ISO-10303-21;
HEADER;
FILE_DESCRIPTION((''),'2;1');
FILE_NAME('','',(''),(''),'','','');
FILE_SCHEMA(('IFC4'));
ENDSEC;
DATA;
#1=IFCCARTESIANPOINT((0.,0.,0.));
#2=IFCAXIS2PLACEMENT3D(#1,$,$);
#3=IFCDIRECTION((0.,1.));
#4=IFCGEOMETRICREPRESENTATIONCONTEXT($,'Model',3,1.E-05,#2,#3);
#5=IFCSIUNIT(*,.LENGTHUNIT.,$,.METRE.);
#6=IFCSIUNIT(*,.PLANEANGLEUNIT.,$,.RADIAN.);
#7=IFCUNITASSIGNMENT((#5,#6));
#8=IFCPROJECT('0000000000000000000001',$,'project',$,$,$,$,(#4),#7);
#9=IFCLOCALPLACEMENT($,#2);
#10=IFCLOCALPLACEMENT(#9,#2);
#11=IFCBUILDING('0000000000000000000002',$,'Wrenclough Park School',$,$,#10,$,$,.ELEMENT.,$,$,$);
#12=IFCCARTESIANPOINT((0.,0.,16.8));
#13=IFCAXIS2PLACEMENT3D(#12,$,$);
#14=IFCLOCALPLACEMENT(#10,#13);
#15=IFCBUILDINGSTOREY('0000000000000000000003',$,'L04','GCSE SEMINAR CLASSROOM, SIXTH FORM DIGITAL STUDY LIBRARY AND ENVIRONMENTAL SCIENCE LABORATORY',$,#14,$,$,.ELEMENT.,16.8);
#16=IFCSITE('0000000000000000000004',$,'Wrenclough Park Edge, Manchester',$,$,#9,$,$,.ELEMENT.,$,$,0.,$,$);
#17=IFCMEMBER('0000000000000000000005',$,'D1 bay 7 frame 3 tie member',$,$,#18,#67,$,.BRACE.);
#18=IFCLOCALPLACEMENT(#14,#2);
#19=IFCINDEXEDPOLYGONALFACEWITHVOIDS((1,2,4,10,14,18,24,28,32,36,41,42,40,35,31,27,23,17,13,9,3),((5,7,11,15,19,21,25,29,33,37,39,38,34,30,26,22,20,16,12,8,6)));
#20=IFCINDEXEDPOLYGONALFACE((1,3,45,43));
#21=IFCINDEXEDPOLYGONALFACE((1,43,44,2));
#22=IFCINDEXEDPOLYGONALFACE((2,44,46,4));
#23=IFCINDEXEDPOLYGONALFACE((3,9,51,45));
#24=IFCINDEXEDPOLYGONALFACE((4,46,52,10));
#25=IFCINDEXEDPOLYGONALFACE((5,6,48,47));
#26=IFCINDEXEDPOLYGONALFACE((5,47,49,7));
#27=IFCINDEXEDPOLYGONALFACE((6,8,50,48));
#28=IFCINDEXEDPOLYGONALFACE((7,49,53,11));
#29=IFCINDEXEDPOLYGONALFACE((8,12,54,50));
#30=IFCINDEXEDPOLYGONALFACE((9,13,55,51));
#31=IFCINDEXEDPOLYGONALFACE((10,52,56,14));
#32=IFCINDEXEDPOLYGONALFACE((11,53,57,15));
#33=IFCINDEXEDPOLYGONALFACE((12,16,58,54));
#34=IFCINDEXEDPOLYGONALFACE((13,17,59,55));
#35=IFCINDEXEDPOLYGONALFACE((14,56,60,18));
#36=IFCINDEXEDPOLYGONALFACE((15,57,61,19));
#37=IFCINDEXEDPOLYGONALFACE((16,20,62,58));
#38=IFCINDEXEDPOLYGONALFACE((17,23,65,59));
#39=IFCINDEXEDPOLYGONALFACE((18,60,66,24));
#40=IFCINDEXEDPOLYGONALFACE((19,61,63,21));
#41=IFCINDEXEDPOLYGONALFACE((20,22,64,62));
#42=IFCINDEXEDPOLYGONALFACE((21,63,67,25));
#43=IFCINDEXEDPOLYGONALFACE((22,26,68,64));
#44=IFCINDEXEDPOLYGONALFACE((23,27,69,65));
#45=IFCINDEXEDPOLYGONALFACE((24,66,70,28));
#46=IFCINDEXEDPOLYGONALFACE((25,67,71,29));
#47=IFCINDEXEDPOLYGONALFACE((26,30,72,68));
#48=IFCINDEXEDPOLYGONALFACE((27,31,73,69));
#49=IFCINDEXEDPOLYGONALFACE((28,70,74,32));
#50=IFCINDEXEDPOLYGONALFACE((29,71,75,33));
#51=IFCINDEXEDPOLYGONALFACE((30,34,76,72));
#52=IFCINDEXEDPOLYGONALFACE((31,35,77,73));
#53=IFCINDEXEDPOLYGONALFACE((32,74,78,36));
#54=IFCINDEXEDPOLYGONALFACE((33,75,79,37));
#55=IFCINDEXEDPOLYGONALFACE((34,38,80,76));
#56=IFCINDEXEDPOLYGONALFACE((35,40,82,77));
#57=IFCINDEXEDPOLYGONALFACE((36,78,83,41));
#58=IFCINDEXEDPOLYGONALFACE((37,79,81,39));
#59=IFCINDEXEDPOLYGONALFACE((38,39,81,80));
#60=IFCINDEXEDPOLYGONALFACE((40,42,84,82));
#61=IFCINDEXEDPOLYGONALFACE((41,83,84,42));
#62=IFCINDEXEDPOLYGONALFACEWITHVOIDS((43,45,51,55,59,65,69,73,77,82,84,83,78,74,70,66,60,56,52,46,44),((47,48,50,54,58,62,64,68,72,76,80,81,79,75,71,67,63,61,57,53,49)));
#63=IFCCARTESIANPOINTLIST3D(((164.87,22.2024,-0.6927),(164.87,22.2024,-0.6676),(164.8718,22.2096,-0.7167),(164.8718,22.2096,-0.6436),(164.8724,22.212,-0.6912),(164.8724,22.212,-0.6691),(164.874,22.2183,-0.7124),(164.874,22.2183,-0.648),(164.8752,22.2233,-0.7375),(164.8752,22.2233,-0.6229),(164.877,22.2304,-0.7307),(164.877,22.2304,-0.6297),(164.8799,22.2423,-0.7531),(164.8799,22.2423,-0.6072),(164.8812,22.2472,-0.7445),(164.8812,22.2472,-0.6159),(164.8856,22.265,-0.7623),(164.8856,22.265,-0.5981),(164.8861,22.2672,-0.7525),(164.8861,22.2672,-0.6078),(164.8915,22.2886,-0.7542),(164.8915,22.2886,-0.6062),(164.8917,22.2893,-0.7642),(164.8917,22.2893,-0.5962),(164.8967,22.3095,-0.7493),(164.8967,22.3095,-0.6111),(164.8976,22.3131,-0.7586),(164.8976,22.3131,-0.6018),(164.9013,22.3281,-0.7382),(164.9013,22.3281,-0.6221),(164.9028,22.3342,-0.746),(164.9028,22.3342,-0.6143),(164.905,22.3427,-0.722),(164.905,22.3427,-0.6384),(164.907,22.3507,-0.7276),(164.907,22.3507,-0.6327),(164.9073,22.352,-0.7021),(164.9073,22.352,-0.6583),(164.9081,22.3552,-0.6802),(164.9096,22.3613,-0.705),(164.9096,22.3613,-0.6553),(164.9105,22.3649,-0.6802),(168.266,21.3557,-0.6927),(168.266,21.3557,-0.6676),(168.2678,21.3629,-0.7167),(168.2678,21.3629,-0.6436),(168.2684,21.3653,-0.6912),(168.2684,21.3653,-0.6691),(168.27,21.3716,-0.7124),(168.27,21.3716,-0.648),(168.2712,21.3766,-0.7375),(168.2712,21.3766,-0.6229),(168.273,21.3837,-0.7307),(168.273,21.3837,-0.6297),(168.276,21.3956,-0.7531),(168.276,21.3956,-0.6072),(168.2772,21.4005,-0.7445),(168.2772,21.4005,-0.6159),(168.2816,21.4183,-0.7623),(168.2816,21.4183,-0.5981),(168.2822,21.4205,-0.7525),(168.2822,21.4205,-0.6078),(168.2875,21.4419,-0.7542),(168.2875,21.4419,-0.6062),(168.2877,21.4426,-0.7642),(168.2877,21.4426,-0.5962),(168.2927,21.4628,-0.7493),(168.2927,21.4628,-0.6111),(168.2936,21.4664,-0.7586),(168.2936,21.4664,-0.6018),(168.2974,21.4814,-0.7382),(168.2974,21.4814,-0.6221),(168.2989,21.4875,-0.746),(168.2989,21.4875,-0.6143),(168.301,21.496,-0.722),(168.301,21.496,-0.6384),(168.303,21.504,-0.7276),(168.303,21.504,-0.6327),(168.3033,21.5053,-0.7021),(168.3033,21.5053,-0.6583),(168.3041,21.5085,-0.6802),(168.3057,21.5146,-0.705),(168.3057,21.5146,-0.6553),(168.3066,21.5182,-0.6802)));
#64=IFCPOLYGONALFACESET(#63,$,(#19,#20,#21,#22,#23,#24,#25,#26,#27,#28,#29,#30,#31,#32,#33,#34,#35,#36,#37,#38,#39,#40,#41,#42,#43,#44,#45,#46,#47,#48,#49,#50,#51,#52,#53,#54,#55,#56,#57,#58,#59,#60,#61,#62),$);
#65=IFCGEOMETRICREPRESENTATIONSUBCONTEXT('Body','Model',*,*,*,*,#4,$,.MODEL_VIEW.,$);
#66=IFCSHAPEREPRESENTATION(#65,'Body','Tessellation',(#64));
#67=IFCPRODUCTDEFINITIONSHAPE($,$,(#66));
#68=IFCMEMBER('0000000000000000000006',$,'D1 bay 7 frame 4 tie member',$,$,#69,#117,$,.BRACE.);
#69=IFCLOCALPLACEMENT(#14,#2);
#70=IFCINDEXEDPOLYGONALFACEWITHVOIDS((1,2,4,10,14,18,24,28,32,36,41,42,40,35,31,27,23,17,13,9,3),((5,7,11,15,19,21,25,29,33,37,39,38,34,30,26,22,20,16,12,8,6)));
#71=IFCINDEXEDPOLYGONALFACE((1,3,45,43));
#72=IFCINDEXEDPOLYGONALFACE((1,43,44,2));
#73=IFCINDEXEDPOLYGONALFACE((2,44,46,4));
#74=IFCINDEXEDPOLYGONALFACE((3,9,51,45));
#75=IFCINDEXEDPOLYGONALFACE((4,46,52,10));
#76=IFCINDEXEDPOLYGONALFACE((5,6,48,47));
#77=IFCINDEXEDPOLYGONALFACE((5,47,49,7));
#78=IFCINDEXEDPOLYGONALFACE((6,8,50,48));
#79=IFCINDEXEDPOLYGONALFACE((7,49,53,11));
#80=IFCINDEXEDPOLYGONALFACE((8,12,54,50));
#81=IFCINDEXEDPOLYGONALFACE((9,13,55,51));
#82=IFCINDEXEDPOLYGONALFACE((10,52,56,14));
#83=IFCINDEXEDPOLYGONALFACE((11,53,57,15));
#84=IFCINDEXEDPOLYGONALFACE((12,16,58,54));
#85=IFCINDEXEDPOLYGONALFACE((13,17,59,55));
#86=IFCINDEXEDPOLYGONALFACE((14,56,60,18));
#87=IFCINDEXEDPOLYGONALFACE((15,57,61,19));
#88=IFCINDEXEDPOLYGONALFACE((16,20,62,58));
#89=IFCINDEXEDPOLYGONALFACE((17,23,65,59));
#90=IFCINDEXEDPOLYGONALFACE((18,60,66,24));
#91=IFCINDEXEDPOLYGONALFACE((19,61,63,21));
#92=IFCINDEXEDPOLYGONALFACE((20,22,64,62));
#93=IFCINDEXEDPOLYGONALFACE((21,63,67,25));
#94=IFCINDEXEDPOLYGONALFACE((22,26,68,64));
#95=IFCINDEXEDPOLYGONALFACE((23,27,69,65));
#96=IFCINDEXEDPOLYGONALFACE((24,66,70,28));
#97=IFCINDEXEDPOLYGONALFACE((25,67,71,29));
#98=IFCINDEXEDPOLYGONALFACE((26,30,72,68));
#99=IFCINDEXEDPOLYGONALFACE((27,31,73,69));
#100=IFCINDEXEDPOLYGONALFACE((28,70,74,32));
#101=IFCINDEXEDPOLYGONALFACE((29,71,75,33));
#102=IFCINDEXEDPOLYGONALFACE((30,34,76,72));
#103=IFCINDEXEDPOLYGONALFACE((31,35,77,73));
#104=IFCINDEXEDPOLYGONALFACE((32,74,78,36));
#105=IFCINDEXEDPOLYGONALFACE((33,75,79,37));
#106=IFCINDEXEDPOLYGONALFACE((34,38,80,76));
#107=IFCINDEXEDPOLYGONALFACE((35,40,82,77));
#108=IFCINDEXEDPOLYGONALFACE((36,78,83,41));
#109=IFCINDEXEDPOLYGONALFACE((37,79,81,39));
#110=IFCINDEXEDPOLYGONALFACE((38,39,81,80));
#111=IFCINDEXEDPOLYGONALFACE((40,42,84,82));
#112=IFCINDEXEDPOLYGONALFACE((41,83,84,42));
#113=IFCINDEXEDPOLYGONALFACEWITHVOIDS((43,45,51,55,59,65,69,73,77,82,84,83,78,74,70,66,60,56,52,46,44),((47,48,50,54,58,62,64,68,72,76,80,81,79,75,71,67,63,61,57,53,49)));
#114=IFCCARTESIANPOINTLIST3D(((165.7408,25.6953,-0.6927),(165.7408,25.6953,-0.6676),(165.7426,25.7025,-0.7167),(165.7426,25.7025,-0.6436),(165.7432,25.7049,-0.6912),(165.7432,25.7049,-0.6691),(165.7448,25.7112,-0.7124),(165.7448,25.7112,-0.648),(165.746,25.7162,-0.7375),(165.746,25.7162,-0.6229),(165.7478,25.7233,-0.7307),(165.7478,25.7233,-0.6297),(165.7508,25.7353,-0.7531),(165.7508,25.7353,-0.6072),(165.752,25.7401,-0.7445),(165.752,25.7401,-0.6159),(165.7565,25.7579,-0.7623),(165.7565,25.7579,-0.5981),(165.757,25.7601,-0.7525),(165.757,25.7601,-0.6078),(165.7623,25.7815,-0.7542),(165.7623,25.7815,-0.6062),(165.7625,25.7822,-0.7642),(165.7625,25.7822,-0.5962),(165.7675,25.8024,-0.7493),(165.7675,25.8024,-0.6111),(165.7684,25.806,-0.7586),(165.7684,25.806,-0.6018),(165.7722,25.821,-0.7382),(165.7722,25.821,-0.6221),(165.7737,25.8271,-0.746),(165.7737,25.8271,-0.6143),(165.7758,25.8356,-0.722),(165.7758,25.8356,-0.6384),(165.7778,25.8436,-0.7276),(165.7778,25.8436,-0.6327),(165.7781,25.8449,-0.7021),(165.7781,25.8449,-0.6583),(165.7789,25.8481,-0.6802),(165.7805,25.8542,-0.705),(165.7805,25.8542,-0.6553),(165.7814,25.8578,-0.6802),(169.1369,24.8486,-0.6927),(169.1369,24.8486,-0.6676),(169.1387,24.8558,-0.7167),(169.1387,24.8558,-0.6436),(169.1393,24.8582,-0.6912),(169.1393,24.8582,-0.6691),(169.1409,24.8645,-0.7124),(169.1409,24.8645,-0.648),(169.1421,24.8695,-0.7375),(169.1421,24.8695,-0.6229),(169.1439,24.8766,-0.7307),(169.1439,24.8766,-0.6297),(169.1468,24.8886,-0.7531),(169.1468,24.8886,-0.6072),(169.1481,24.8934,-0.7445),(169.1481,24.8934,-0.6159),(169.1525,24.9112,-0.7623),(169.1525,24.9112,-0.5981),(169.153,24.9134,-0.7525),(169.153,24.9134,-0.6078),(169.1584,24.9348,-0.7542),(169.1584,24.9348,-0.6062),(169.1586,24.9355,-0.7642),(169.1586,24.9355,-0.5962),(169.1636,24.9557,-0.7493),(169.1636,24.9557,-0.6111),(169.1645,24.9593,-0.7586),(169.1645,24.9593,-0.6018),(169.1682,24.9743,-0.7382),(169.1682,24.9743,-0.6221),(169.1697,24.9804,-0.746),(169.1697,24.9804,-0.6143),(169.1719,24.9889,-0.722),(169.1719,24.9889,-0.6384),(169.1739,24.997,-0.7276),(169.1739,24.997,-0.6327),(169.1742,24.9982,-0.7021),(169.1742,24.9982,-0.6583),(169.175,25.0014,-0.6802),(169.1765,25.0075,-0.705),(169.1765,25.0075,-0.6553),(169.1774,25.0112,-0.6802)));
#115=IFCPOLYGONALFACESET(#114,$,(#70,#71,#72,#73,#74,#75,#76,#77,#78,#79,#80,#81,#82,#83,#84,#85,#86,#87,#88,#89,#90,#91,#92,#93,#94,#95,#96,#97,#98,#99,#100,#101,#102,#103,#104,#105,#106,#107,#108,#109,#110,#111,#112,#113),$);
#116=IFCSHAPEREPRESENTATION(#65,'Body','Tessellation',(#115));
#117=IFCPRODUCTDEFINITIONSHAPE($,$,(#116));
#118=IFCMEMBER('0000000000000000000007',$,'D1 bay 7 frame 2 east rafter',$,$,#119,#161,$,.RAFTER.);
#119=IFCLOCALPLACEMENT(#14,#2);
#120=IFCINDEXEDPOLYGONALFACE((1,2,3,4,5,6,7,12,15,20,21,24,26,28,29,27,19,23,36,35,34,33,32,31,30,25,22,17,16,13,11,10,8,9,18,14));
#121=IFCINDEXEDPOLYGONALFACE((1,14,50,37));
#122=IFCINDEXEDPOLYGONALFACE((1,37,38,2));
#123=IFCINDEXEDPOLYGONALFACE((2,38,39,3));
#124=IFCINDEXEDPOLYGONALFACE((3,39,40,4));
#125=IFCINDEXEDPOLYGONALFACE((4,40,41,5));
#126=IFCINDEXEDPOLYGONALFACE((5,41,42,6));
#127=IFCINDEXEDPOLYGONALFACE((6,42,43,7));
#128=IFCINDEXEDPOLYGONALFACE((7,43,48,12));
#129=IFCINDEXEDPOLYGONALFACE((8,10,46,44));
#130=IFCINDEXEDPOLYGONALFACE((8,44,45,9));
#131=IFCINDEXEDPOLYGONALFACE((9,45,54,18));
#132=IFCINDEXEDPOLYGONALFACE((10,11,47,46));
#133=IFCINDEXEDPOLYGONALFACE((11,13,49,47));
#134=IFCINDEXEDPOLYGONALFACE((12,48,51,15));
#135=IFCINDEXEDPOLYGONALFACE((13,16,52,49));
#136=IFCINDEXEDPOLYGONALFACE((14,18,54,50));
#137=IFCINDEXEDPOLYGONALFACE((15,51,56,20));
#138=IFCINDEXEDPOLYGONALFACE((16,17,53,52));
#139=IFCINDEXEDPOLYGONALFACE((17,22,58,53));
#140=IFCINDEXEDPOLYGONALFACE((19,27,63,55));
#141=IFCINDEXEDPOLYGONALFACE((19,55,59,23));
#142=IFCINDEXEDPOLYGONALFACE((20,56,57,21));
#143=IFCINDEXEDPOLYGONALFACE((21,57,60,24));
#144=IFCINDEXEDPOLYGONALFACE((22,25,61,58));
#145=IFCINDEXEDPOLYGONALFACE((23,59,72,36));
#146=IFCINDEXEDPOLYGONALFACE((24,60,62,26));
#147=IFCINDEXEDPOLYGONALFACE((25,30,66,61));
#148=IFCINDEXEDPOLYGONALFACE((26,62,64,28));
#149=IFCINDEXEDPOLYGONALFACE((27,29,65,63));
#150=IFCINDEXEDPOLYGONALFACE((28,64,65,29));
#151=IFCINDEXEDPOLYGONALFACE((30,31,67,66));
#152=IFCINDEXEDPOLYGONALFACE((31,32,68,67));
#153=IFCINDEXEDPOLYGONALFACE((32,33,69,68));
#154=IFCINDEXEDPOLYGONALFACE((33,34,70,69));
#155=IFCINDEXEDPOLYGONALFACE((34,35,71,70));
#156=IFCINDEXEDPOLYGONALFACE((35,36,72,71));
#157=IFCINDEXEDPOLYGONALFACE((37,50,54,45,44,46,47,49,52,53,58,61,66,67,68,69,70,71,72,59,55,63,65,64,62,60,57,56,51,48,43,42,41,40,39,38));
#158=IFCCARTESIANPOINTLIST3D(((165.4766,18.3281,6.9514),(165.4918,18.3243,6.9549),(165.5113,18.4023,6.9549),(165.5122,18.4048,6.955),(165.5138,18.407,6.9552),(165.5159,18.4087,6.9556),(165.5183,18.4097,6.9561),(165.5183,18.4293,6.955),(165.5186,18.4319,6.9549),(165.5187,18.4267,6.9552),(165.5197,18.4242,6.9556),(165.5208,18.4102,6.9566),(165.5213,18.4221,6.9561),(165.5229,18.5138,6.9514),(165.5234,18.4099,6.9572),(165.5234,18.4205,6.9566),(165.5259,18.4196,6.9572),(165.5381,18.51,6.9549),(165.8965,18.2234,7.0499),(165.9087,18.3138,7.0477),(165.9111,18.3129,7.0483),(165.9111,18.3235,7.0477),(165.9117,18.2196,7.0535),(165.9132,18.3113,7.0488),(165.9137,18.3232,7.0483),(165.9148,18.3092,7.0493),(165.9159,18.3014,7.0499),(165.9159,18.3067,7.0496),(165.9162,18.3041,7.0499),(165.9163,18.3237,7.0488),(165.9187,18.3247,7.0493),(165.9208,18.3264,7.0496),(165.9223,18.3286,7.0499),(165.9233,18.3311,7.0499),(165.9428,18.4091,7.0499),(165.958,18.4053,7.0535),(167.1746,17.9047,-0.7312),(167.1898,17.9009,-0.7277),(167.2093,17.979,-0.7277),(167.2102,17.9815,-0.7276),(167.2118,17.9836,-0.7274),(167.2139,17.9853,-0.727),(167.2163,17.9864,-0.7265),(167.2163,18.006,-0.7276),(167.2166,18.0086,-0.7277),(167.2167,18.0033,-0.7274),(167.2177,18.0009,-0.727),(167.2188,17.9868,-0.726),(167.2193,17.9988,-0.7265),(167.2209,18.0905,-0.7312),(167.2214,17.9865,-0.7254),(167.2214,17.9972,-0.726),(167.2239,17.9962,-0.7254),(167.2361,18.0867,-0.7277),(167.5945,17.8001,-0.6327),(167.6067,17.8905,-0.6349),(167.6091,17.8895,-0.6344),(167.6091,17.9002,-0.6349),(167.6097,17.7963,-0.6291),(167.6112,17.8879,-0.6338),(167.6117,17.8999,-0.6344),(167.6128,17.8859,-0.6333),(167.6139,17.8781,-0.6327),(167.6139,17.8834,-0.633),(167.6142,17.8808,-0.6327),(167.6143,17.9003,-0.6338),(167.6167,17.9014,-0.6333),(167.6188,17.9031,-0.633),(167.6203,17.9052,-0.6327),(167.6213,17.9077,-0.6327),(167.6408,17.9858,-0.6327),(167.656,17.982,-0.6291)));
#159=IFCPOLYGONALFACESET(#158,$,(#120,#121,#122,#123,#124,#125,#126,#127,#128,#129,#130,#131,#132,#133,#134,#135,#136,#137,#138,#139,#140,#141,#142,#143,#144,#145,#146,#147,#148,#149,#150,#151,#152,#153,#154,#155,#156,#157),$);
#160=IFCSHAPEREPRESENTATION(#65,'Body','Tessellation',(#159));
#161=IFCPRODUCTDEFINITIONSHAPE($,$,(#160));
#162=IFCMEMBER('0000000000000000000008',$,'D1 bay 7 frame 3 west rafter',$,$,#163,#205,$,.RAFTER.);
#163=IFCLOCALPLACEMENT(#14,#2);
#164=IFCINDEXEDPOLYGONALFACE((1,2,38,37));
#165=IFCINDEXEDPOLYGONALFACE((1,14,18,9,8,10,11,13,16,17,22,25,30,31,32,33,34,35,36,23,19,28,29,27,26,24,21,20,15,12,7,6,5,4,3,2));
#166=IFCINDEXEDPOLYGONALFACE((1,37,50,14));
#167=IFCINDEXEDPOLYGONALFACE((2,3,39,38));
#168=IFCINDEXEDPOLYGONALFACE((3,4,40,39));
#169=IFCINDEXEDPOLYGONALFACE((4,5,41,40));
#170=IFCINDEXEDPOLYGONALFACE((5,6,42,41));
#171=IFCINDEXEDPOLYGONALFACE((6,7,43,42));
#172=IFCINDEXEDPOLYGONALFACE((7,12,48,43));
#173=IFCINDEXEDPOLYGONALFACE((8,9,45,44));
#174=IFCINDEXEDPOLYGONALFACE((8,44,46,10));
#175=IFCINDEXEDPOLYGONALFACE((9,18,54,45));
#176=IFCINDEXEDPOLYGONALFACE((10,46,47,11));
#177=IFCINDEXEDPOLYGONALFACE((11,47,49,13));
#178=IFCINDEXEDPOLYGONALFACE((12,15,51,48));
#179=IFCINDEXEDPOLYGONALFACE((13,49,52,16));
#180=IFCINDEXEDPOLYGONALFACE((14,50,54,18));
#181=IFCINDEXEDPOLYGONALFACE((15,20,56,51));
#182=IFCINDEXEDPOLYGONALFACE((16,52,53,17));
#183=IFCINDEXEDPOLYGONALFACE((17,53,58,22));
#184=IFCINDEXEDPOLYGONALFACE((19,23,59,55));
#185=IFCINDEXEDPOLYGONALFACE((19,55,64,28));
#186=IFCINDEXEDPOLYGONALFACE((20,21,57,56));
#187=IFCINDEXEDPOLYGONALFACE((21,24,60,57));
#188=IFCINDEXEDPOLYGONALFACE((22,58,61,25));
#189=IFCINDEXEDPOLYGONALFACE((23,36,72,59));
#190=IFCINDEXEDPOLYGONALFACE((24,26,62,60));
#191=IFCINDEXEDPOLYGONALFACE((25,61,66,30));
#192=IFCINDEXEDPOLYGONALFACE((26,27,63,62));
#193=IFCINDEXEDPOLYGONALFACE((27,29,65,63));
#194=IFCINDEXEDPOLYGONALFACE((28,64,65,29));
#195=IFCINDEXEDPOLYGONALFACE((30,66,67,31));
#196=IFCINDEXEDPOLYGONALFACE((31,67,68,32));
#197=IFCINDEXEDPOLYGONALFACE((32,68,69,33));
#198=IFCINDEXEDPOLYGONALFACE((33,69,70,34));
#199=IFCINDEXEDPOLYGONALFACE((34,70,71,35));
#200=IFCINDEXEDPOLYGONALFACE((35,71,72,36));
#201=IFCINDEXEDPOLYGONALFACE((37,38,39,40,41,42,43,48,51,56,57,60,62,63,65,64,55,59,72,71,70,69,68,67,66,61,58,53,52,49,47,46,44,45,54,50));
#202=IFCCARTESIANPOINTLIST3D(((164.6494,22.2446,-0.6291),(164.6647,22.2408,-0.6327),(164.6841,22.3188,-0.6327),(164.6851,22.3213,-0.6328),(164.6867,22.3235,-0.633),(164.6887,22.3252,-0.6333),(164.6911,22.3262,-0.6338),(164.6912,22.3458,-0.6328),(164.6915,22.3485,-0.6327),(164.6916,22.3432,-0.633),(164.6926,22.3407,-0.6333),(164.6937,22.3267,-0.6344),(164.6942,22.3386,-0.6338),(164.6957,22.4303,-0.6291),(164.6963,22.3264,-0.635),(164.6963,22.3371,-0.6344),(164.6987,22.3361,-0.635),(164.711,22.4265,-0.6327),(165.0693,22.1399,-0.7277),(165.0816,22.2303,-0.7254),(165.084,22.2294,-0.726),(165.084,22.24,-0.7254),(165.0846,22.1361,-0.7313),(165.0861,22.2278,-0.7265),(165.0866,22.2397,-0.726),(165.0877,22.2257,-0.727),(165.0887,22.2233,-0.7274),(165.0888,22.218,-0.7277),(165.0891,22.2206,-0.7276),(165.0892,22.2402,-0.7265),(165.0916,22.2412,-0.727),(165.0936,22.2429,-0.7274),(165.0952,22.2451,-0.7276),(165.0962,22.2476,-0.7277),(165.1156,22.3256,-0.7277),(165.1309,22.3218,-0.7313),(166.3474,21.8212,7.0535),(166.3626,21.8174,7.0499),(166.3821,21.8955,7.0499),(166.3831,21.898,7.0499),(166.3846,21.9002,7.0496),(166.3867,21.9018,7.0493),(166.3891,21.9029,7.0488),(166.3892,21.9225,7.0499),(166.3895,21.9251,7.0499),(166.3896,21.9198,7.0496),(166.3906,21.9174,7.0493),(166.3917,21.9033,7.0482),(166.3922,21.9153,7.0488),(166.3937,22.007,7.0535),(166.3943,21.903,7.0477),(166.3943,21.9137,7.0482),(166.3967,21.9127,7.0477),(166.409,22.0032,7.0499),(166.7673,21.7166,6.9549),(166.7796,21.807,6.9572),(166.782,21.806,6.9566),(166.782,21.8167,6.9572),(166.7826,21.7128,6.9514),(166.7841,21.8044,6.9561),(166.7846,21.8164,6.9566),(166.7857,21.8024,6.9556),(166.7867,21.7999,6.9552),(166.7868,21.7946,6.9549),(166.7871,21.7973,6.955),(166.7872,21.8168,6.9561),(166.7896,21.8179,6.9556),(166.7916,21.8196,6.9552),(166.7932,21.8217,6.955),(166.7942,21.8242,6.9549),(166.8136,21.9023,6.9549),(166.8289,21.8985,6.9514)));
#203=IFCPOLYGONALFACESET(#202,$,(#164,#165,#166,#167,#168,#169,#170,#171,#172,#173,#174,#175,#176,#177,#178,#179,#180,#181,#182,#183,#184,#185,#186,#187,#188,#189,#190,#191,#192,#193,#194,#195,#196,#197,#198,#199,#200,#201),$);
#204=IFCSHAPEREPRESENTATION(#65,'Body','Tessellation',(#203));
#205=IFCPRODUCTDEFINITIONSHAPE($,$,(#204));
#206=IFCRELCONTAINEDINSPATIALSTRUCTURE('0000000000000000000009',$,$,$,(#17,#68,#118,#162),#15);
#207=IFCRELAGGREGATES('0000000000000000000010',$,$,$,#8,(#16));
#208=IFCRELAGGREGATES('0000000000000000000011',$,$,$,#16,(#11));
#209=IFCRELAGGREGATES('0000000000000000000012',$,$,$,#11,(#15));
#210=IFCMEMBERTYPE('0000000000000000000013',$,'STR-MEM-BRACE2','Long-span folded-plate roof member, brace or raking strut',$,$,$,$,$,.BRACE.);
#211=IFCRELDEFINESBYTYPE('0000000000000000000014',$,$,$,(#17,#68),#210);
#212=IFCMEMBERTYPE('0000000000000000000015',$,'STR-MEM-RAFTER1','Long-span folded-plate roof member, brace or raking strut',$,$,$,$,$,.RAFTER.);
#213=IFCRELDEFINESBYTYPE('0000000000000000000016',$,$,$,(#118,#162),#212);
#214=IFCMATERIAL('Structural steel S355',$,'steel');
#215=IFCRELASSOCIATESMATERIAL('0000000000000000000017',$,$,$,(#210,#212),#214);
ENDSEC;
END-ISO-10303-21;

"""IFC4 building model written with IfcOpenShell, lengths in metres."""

from ifc_helpers import new_model, si_unit, direction, frame, origin, origin_2d, place, context, subcontext, project, spatial, hollow_circle, i_section, extrude, material, material_profile, profile_set, type_object, element, save


model = new_model("IFC4")

# Units and contexts
model_context = context("Model", 3, precision=1e-05, world=origin(), true_north=direction((0.0, 1.0)))
body_context = subcontext(model_context, "Body", "Model", "MODEL_VIEW")
ifc_project = project(units=[si_unit("LENGTHUNIT", "METRE"), si_unit("PLANEANGLEUNIT", "RADIAN")], contexts=[model_context])

# Site, building, storey
site_placement = place(None, origin())
site = spatial("IfcSite", under=ifc_project, at=site_placement, Name="Wrenclough Park Edge, Manchester", CompositionType="ELEMENT", RefElevation=0.0)
building_placement = place(site_placement, origin())
building = spatial("IfcBuilding", under=site, at=building_placement, Name="Wrenclough Park School", CompositionType="ELEMENT")
storey_placement = place(building_placement, frame((0.0, 0.0, 16.8)))
storey = spatial("IfcBuildingStorey", under=building, at=storey_placement, Name="L04", Description="GCSE SEMINAR CLASSROOM, SIXTH FORM DIGITAL STUDY LIBRARY AND ENVIRONMENTAL SCIENCE LABORATORY", CompositionType="ELEMENT", Elevation=16.8)

# Shared definitions
ifc_material_1 = material(Name="Structural steel S355", Category="steel")

# Members
ifc_material_profile_1 = material_profile(ifc_material_1, hollow_circle(Radius=0.0842, WallThickness=0.01, at=origin_2d()), Name="CHS 168.3x10.0")
ifc_profile_set_1 = profile_set([ifc_material_profile_1], Name="Structural steel S355")
member_type_1 = type_object("IfcMemberType", Name="STR-MEM-BRACE2", Description="Long-span folded-plate roof member, brace or raking strut", PredefinedType="BRACE", material=ifc_profile_set_1)
for number, where, z_axis, x_axis, name in (
    (1, (164.8901, 22.2832, -0.6802), (0.970298, -0.241912, 0.0), (0.241912, 0.970298, 0.0), "D1 bay 7 frame 3 tie member"),
    (2, (165.761, 25.7761, -0.6802), (0.970298, -0.241912, 0.0), (0.241912, 0.970298, 0.0), "D1 bay 7 frame 4 tie member"),
):
    element("IfcMember", number, at=place(storey_placement, frame(where, z_axis=z_axis, x_axis=x_axis)), inside=storey, type_object=member_type_1, Name=name, PredefinedType="BRACE", context=body_context, shape_type="SweptSolid", body=[
        extrude(hollow_circle(Radius=0.0842, WallThickness=0.01, at=origin_2d()), origin(), (0.0, 0.0, 1.0), 3.5),
    ])
ifc_material_profile_2 = material_profile(ifc_material_1, i_section(OverallWidth=0.1914, OverallDepth=0.46, WebThickness=0.01, FlangeThickness=0.0161, FilletRadius=0.0103, at=origin_2d()), Name="UKB 457x191x82")
ifc_profile_set_2 = profile_set([ifc_material_profile_2], Name="Structural steel S355")
member_type_2 = type_object("IfcMemberType", Name="STR-MEM-RAFTER1", Description="Long-span folded-plate roof member, brace or raking strut", PredefinedType="RAFTER", material=ifc_profile_set_2)
for number, where, z_axis, x_axis, name in (
    (3, (165.7173, 18.3667, 7.0024), (0.215498, -0.053727, -0.975025), (0.241912, 0.970298, 0.0), "D1 bay 7 frame 2 east rafter"),
    (4, (164.8901, 22.2832, -0.6802), (0.215498, -0.053727, 0.975025), (0.241912, 0.970298, 0.0), "D1 bay 7 frame 3 west rafter"),
):
    element("IfcMember", number, at=place(storey_placement, frame(where, z_axis=z_axis, x_axis=x_axis)), inside=storey, type_object=member_type_2, Name=name, PredefinedType="RAFTER", context=body_context, shape_type="SweptSolid", body=[
        extrude(i_section(OverallWidth=0.1914, OverallDepth=0.46, WebThickness=0.01, FlangeThickness=0.0161, FilletRadius=0.0103, at=origin_2d()), origin(), (0.0, 0.0, 1.0), 7.8794),
    ])

save(model, "model.ifc")
